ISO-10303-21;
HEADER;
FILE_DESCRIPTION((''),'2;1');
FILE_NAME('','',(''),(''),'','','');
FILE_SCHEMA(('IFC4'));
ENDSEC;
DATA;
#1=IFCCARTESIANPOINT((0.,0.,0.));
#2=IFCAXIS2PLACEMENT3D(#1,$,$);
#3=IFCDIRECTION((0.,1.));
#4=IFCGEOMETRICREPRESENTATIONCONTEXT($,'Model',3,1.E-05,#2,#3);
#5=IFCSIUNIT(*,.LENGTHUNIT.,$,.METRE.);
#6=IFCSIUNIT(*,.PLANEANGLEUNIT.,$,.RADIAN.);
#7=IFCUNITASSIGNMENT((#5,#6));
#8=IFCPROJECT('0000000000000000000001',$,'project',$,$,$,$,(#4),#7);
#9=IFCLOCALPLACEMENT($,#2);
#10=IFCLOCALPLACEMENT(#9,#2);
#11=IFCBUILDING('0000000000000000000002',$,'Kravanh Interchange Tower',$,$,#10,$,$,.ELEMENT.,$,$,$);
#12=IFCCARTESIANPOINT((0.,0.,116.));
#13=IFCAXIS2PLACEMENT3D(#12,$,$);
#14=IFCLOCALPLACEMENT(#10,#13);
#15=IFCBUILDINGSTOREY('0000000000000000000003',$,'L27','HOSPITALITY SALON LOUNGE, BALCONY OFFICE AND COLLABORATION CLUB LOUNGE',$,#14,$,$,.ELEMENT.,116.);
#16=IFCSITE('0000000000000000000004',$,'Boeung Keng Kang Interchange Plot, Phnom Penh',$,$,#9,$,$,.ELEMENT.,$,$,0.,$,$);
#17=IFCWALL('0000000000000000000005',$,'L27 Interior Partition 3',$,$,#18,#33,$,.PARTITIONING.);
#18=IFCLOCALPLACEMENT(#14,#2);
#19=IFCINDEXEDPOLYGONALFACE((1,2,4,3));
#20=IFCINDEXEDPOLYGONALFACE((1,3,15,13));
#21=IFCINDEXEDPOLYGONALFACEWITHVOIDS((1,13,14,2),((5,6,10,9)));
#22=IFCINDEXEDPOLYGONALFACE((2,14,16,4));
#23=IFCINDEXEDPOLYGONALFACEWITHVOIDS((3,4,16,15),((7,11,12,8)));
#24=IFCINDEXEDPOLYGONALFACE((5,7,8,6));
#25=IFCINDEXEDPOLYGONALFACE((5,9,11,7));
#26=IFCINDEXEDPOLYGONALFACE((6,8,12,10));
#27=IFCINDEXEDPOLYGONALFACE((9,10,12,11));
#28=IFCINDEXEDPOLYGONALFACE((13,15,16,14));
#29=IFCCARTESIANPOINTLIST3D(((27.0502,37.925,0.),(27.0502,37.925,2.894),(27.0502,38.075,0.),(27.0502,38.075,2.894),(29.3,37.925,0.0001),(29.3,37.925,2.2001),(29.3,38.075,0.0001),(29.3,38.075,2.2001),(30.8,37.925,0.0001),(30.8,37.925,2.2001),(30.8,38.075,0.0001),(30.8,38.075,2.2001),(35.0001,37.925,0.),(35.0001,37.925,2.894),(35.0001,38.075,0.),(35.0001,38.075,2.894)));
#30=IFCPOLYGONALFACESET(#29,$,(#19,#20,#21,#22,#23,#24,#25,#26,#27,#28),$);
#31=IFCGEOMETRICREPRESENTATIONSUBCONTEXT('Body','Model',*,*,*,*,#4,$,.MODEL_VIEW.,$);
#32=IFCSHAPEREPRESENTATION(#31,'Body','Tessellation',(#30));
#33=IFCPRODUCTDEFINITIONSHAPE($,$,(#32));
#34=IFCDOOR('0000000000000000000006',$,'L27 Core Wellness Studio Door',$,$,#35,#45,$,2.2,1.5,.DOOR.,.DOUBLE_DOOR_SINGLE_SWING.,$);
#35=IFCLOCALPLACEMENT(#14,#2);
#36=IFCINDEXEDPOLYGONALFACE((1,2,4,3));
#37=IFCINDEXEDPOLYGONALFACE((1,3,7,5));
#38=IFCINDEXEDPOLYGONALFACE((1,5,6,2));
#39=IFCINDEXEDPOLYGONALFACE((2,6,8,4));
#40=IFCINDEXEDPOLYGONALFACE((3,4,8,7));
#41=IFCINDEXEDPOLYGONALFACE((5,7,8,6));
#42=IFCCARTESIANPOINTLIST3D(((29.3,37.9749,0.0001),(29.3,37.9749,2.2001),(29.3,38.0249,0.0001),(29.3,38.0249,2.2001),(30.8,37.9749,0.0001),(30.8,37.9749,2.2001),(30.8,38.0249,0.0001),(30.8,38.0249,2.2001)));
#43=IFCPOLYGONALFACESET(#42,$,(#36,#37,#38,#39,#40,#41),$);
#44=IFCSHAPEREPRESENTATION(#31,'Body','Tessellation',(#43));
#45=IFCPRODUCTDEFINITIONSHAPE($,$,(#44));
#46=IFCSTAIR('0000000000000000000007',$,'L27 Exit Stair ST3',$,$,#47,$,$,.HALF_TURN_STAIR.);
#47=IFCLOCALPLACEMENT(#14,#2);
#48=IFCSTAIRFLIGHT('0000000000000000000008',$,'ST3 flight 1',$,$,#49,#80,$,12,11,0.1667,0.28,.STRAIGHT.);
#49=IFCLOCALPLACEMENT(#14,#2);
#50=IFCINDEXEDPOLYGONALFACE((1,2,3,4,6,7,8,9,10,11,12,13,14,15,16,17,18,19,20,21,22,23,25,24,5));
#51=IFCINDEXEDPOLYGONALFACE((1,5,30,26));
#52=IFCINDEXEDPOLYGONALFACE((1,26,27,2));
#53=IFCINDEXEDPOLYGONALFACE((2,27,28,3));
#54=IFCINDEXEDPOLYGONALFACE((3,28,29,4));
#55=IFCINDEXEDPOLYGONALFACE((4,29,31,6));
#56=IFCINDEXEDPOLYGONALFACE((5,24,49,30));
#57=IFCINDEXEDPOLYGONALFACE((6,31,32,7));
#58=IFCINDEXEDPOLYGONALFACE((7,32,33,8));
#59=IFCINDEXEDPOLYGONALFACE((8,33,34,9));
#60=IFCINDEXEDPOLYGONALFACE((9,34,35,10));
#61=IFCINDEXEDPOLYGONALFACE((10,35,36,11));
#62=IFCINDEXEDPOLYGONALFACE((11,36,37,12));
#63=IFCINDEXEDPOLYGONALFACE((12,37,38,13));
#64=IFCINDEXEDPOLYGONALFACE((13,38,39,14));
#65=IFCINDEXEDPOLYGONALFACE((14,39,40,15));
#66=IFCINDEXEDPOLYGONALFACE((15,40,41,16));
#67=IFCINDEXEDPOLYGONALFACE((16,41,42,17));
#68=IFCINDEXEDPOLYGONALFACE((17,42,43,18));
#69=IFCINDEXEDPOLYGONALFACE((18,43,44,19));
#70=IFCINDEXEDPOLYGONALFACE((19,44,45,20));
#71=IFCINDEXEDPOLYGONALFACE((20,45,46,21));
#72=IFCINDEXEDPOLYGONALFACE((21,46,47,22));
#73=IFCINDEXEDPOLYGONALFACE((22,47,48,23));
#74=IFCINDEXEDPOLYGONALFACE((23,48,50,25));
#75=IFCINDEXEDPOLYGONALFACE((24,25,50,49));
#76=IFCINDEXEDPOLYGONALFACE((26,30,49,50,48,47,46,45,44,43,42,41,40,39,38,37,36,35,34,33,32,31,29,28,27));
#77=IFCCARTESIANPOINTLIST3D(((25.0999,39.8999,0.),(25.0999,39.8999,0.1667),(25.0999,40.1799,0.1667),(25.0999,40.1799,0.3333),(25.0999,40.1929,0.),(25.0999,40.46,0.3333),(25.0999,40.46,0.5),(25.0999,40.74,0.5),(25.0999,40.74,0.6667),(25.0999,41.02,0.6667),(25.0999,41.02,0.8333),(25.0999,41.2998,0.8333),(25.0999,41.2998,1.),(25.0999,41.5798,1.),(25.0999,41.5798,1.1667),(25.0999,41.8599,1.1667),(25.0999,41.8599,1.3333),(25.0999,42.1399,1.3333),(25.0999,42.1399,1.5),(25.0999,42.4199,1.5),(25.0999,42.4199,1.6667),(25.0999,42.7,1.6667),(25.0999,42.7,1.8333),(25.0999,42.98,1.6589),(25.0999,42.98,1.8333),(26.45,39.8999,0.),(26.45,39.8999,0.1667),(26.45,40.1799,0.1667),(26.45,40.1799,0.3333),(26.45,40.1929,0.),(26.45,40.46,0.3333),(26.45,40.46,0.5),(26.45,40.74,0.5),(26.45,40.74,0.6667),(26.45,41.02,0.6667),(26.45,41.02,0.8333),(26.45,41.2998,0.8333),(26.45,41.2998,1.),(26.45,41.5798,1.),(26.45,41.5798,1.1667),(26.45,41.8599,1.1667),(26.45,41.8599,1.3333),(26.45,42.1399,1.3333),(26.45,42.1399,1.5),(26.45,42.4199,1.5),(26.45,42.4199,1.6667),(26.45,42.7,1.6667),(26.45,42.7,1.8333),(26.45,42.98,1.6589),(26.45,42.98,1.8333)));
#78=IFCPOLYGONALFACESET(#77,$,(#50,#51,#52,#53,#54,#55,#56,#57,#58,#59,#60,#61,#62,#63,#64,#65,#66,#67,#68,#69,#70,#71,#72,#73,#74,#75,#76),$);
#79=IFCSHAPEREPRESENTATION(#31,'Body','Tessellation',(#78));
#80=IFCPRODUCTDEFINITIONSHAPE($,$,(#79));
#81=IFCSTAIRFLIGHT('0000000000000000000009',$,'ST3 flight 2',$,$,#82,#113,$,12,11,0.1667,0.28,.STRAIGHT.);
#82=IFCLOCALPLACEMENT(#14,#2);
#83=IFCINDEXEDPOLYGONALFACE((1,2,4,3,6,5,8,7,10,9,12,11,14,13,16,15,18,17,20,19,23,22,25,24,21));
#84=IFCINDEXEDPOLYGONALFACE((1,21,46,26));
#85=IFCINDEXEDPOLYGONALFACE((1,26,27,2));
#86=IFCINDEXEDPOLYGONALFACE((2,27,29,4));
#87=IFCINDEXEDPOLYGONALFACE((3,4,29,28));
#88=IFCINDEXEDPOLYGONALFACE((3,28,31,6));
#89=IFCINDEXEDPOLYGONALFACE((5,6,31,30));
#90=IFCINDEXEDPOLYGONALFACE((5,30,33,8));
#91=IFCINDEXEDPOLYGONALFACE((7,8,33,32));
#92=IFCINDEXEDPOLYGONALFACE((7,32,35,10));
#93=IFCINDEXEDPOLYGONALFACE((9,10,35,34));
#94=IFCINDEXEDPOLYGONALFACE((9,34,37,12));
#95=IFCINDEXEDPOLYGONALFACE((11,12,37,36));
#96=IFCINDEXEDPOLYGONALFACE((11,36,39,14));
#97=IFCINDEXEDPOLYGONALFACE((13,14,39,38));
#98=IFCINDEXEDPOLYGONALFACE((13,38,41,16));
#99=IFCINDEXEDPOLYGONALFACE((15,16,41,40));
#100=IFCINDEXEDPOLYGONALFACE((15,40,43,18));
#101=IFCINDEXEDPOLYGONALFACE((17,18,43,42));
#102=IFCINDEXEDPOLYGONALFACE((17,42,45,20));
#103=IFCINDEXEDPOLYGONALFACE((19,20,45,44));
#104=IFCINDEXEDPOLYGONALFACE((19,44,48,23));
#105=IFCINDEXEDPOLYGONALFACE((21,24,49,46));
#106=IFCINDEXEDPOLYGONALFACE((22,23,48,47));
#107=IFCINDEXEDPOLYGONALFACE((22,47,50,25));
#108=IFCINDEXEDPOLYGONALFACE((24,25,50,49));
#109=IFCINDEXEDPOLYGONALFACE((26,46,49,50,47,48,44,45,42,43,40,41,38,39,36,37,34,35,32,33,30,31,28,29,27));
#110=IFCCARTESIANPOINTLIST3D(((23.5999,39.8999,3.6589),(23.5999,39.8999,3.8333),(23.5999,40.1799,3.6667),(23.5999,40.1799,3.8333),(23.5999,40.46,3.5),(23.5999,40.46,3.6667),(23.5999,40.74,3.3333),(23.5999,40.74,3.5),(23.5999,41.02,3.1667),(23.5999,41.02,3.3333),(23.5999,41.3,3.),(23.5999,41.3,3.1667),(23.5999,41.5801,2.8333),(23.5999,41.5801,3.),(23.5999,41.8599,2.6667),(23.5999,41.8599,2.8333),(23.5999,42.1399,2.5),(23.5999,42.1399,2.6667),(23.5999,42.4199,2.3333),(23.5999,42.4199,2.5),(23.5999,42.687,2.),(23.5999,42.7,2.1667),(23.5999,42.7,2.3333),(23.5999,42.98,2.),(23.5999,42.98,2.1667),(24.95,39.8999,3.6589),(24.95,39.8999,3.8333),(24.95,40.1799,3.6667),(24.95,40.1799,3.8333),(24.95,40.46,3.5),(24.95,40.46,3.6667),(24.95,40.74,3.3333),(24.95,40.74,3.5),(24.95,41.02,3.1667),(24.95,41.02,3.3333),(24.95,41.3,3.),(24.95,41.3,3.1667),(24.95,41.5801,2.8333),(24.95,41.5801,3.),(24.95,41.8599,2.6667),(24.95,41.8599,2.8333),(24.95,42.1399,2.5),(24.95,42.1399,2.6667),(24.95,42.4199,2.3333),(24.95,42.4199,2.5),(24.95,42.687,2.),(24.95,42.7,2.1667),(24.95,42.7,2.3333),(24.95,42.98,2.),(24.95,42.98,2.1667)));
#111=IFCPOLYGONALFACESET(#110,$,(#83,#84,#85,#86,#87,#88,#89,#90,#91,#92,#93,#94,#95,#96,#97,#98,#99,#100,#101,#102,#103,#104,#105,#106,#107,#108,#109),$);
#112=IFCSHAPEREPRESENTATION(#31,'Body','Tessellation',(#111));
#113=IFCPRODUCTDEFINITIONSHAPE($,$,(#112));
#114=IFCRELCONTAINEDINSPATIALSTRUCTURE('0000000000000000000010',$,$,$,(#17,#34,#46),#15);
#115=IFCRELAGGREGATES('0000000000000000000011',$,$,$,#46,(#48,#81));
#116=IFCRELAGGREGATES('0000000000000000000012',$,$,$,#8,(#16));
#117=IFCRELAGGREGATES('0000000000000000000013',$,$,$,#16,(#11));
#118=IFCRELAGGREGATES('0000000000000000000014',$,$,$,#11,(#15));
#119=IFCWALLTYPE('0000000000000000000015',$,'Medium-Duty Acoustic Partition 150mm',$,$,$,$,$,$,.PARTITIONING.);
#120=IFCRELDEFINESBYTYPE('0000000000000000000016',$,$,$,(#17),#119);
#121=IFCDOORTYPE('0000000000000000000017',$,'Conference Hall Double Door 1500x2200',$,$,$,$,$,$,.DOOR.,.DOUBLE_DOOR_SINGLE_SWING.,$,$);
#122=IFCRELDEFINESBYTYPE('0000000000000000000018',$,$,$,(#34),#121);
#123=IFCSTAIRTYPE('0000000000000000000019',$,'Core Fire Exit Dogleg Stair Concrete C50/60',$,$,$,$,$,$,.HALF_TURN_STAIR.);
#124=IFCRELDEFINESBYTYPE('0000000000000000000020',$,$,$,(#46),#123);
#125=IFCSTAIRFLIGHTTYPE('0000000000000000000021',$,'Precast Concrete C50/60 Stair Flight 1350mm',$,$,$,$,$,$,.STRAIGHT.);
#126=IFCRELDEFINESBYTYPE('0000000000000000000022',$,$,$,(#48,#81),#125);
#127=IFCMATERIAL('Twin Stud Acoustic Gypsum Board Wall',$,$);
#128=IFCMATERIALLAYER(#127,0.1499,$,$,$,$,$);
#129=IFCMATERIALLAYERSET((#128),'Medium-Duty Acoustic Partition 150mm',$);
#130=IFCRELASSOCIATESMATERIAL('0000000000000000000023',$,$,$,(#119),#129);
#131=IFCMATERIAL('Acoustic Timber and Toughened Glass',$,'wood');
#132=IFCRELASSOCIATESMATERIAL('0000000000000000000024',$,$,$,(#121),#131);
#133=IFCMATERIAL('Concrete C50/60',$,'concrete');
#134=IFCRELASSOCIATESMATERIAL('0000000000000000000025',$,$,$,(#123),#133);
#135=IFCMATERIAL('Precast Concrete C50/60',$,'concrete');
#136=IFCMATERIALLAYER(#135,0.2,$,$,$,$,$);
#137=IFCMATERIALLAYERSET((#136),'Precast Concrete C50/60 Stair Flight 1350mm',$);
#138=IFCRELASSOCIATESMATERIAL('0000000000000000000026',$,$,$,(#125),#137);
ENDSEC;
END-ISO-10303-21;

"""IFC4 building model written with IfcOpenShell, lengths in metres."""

from ifc_helpers import new_model, si_unit, direction, frame, frame_2d, origin, place, context, subcontext, project, spatial, polyline, rectangle, outline, extrude, material, layer, layer_set, type_object, element, fill, aggregate, save


model = new_model("IFC4")

# Units and contexts
model_context = context("Model", 3, precision=1e-05, world=origin(), true_north=direction((0.0, 1.0)))
body_context = subcontext(model_context, "Body", "Model", "MODEL_VIEW")
ifc_project = project(units=[si_unit("LENGTHUNIT", "METRE"), si_unit("PLANEANGLEUNIT", "RADIAN")], contexts=[model_context])

# Site, building, storey
site_placement = place(None, origin())
site = spatial("IfcSite", under=ifc_project, at=site_placement, Name="Boeung Keng Kang Interchange Plot, Phnom Penh", CompositionType="ELEMENT", RefElevation=0.0)
building_placement = place(site_placement, origin())
building = spatial("IfcBuilding", under=site, at=building_placement, Name="Kravanh Interchange Tower", CompositionType="ELEMENT")
storey_placement = place(building_placement, frame((0.0, 0.0, 116.0)))
storey = spatial("IfcBuildingStorey", under=building, at=storey_placement, Name="L27", Description="HOSPITALITY SALON LOUNGE, BALCONY OFFICE AND COLLABORATION CLUB LOUNGE", CompositionType="ELEMENT", Elevation=116.0)

# Wall, opening, door
ifc_material_1 = material(Name="Twin Stud Acoustic Gypsum Board Wall")
ifc_layer_1 = layer(ifc_material_1, 0.1499)
ifc_layer_set_1 = layer_set([ifc_layer_1], Name="Medium-Duty Acoustic Partition 150mm")
wall_type_1 = type_object("IfcWallType", Name="Medium-Duty Acoustic Partition 150mm", PredefinedType="PARTITIONING", material=ifc_layer_set_1)
wall_1_placement = place(storey_placement, frame((27.05, 38.0, 0.0), z_axis=(0.0, 0.0, 1.0), x_axis=(1.0, 0.0, 0.0)))
wall_1 = element("IfcWall", 1, at=wall_1_placement, inside=storey, type_object=wall_type_1, Name="L27 Interior Partition 3", PredefinedType="PARTITIONING", context=body_context, shape_type="SweptSolid", body=[
    extrude(rectangle(XDim=7.95, YDim=0.1499, at=frame_2d((3.9751, 0.0))), origin(), (0.0, 0.0, 1.0), 2.894),
])
opening_1_placement = place(wall_1_placement, frame((2.25, 0.0, 0.0)))
opening_1 = element("IfcOpeningElement", 2, at=opening_1_placement, cuts=wall_1, PredefinedType="OPENING", context=body_context, shape_type="SweptSolid", body=[
    extrude(rectangle(XDim=1.5, YDim=2.2, at=frame_2d((0.75, 1.1001))), frame((0.0, 0.085, 0.0), z_axis=(0.0, -1.0, 0.0), x_axis=(1.0, 0.0, 0.0)), (0.0, 0.0, 1.0), 0.1699),
])
ifc_material_2 = material(Name="Acoustic Timber and Toughened Glass", Category="wood")
door_type_1 = type_object("IfcDoorType", Name="Conference Hall Double Door 1500x2200", OperationType="DOUBLE_DOOR_SINGLE_SWING", PredefinedType="DOOR", material=ifc_material_2)
door_1_placement = place(opening_1_placement, origin())
door_1 = element("IfcDoor", 3, at=door_1_placement, inside=storey, type_object=door_type_1, Name="L27 Core Wellness Studio Door", OperationType="DOUBLE_DOOR_SINGLE_SWING", OverallHeight=2.2, OverallWidth=1.5, PredefinedType="DOOR", context=body_context, shape_type="SweptSolid", body=[
    extrude(rectangle(XDim=1.5, YDim=2.2, at=frame_2d((0.75, 1.1001))), frame((0.0, 0.0249, 0.0), z_axis=(0.0, -1.0, 0.0), x_axis=(1.0, 0.0, 0.0)), (0.0, 0.0, 1.0), 0.05),
])
fill(opening_1, door_1)

# Stair, stair flights
ifc_material_3 = material(Name="Concrete C50/60", Category="concrete")
stair_type = type_object("IfcStairType", Name="Core Fire Exit Dogleg Stair Concrete C50/60", PredefinedType="HALF_TURN_STAIR", material=ifc_material_3)
stair_placement = place(storey_placement, origin())
stair = element("IfcStair", 4, at=stair_placement, inside=storey, type_object=stair_type, Name="L27 Exit Stair ST3", PredefinedType="HALF_TURN_STAIR")
ifc_material_4 = material(Name="Precast Concrete C50/60", Category="concrete")
ifc_layer_2 = layer(ifc_material_4, 0.2)
ifc_layer_set_2 = layer_set([ifc_layer_2], Name="Precast Concrete C50/60 Stair Flight 1350mm")
stair_flight_type = type_object("IfcStairFlightType", Name="Precast Concrete C50/60 Stair Flight 1350mm", PredefinedType="STRAIGHT", material=ifc_layer_set_2)
stair_flight_1_placement = place(storey_placement, frame((25.7749, 39.8999, 0.0), z_axis=(0.0, 0.0, 1.0), x_axis=(0.0, 1.0, 0.0)))
stair_flight_1 = element("IfcStairFlight", 5, at=stair_flight_1_placement, type_object=stair_flight_type, Name="ST3 flight 1", NumberOfRisers=12, NumberOfTreads=11, PredefinedType="STRAIGHT", RiserHeight=0.1667, TreadLength=0.28, context=body_context, shape_type="SweptSolid", body=[
    extrude(outline(polyline([(0.0, 0.0), (0.0, 0.1667), (0.28, 0.1667), (0.28, 0.3333), (0.5601, 0.3333), (0.5601, 0.5), (0.8401, 0.5), (0.8401, 0.6667), (1.1201, 0.6667), (1.1201, 0.8333), (1.3999, 0.8333), (1.3999, 1.0), (1.6799, 1.0), (1.6799, 1.1667), (1.96, 1.1667), (1.96, 1.3333), (2.24, 1.3333), (2.24, 1.5), (2.52, 1.5), (2.52, 1.6667), (2.8, 1.6667), (2.8, 1.8333), (3.0801, 1.8333), (3.0801, 2.0), (3.0801, 1.6589), (0.293, 0.0), (0.0, 0.0)])), frame((0.0, 0.675, 0.0), z_axis=(0.0, -1.0, 0.0), x_axis=(1.0, 0.0, 0.0)), (0.0, 0.0, 1.0), 1.3501),
])
stair_flight_2_placement = place(storey_placement, frame((24.2749, 42.98, 2.0), z_axis=(0.0, 0.0, 1.0), x_axis=(0.0, -1.0, 0.0)))
stair_flight_2 = element("IfcStairFlight", 6, at=stair_flight_2_placement, type_object=stair_flight_type, Name="ST3 flight 2", NumberOfRisers=12, NumberOfTreads=11, PredefinedType="STRAIGHT", RiserHeight=0.1667, TreadLength=0.28, context=body_context, shape_type="SweptSolid", body=[
    extrude(outline(polyline([(0.0, 0.0), (0.0, 0.1667), (0.28, 0.1667), (0.28, 0.3333), (0.5601, 0.3333), (0.5601, 0.5), (0.8401, 0.5), (0.8401, 0.6667), (1.1201, 0.6667), (1.1201, 0.8333), (1.3999, 0.8333), (1.3999, 1.0), (1.6799, 1.0), (1.6799, 1.1667), (1.96, 1.1667), (1.96, 1.3333), (2.24, 1.3333), (2.24, 1.5), (2.52, 1.5), (2.52, 1.6667), (2.8, 1.6667), (2.8, 1.8333), (3.0801, 1.8333), (3.0801, 2.0), (3.0801, 1.6589), (0.293, 0.0), (0.0, 0.0)])), frame((0.0, 0.675, 0.0), z_axis=(0.0, -1.0, 0.0), x_axis=(1.0, 0.0, 0.0)), (0.0, 0.0, 1.0), 1.3501),
])
aggregate(stair, [stair_flight_1, stair_flight_2])

save(model, "model.ifc")
